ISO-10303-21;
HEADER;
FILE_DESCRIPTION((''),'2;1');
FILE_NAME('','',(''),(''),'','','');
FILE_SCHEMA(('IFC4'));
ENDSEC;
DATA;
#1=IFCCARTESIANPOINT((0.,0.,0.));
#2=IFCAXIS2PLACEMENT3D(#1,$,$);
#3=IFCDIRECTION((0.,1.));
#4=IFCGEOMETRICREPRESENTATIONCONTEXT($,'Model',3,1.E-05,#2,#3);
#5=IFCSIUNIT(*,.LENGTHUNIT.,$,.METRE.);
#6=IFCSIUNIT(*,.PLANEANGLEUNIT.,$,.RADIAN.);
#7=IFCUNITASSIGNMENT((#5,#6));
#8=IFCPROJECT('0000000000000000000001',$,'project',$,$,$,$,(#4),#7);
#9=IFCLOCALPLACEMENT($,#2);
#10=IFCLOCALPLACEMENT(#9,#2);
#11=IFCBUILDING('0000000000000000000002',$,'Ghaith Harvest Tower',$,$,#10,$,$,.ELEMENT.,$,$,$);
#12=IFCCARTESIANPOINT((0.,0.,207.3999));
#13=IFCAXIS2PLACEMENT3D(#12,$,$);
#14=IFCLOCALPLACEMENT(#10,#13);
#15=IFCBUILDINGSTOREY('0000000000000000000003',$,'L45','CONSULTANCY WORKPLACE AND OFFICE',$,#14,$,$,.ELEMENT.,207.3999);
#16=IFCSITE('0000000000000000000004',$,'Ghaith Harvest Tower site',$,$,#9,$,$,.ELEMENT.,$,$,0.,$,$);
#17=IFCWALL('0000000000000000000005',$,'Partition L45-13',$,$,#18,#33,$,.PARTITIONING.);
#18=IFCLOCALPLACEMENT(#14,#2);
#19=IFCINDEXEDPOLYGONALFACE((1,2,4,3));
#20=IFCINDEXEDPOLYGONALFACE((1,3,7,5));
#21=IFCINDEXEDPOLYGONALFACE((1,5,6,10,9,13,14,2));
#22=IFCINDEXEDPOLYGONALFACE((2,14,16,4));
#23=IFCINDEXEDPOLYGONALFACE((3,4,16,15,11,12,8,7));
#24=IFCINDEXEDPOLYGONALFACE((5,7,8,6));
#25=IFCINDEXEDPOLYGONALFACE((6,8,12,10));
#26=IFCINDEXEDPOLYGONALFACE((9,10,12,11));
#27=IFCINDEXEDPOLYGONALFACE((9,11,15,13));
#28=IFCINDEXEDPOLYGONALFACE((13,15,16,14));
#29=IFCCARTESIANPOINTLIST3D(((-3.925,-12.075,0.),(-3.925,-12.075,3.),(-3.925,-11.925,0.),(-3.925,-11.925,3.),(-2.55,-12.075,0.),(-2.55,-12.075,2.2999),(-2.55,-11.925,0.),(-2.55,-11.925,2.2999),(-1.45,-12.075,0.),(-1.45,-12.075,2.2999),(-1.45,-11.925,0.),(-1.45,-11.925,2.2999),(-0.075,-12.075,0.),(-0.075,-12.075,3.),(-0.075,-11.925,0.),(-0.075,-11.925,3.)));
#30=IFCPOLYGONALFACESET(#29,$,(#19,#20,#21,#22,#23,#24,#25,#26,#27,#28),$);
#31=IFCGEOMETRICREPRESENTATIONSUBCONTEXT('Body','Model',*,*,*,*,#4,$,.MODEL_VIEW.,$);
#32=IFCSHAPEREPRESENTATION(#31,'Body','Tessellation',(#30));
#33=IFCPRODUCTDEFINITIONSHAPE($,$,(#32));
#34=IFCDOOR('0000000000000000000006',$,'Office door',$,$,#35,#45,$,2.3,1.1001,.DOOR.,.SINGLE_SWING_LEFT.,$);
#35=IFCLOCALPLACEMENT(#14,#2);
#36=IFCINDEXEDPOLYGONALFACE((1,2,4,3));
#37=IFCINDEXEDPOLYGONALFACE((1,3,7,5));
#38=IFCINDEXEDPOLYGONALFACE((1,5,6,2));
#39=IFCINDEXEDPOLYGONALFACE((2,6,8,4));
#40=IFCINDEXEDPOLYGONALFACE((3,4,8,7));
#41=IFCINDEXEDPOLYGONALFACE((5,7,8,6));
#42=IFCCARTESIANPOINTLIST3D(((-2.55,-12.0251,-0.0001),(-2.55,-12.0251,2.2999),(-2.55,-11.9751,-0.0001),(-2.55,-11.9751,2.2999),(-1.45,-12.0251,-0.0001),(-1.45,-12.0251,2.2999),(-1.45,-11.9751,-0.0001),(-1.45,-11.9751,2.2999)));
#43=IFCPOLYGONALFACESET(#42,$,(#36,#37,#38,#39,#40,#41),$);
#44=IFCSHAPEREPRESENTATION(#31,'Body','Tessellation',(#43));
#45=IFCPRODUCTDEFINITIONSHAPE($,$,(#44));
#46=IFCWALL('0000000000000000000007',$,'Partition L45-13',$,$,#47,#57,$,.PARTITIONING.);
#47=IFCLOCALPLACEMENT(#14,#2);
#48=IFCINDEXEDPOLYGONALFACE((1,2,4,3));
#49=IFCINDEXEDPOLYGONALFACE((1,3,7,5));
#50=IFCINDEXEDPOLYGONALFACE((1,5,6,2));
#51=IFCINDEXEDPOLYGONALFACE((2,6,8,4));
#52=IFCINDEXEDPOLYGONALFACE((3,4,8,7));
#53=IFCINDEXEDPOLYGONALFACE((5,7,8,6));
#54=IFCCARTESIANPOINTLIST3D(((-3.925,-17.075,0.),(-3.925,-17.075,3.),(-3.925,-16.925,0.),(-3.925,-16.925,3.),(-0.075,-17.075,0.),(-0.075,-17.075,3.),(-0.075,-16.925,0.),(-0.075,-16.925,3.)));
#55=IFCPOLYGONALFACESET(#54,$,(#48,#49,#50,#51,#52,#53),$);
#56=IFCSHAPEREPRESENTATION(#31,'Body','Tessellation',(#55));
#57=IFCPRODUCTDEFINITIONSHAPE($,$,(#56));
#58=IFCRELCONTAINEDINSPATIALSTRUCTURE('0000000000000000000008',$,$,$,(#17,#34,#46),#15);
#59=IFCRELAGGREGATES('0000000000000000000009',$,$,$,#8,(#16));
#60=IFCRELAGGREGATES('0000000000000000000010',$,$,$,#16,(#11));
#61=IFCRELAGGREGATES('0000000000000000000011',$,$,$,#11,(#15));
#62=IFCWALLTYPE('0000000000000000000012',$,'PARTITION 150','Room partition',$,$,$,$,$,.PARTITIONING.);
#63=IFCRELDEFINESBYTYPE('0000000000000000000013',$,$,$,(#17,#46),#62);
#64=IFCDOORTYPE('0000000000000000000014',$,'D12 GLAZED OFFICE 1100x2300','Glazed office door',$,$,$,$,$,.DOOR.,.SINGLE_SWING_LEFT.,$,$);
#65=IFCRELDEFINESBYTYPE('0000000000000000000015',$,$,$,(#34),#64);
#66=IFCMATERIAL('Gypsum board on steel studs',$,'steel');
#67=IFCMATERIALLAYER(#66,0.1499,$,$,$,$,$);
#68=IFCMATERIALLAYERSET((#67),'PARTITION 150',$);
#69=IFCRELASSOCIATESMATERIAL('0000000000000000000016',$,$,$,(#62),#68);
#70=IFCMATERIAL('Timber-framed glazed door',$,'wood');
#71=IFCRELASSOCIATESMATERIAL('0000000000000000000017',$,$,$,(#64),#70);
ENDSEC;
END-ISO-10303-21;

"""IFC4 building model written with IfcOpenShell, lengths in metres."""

from ifc_helpers import new_model, si_unit, direction, frame, frame_2d, origin, place, context, subcontext, project, spatial, rectangle, extrude, material, layer, layer_set, type_object, element, fill, save


model = new_model("IFC4")

# Units and contexts
model_context = context("Model", 3, precision=1e-05, world=origin(), true_north=direction((0.0, 1.0)))
body_context = subcontext(model_context, "Body", "Model", "MODEL_VIEW")
ifc_project = project(units=[si_unit("LENGTHUNIT", "METRE"), si_unit("PLANEANGLEUNIT", "RADIAN")], contexts=[model_context])

# Site, building, storey
site_placement = place(None, origin())
site = spatial("IfcSite", under=ifc_project, at=site_placement, Name="Ghaith Harvest Tower site", CompositionType="ELEMENT", RefElevation=0.0)
building_placement = place(site_placement, origin())
building = spatial("IfcBuilding", under=site, at=building_placement, Name="Ghaith Harvest Tower", CompositionType="ELEMENT")
storey_placement = place(building_placement, frame((0.0, 0.0, 207.3999)))
storey = spatial("IfcBuildingStorey", under=building, at=storey_placement, Name="L45", Description="CONSULTANCY WORKPLACE AND OFFICE", CompositionType="ELEMENT", Elevation=207.3999)

# Shared definitions
ifc_material_1 = material(Name="Gypsum board on steel studs", Category="steel")
ifc_layer_1 = layer(ifc_material_1, 0.1499)
ifc_layer_set_1 = layer_set([ifc_layer_1], Name="PARTITION 150")
wall_type = type_object("IfcWallType", Name="PARTITION 150", Description="Room partition", PredefinedType="PARTITIONING", material=ifc_layer_set_1)

# Shared definitions
ifc_material_2 = material(Name="Timber-framed glazed door", Category="wood")
door_type = type_object("IfcDoorType", Name="D12 GLAZED OFFICE 1100x2300", Description="Glazed office door", OperationType="SINGLE_SWING_LEFT", PredefinedType="DOOR", material=ifc_material_2)

# Wall, opening, door
wall_1_placement = place(storey_placement, frame((-3.925, -12.0, 0.0), z_axis=(0.0, 0.0, 1.0), x_axis=(1.0, 0.0, 0.0)))
wall_1 = element("IfcWall", 1, at=wall_1_placement, inside=storey, type_object=wall_type, Name="Partition L45-13", PredefinedType="PARTITIONING", context=body_context, shape_type="SweptSolid", body=[
    extrude(rectangle(XDim=3.8501, YDim=0.1499, at=frame_2d((1.925, 0.0))), origin(), (0.0, 0.0, 1.0), 3.0),
])
opening_1_placement = place(wall_1_placement, frame((1.375, 0.0, 0.0)))
opening_1 = element("IfcOpeningElement", 2, at=opening_1_placement, cuts=wall_1, PredefinedType="OPENING", context=body_context, shape_type="SweptSolid", body=[
    extrude(rectangle(XDim=1.1001, YDim=2.3, at=frame_2d((0.55, 1.1499))), frame((0.0, 0.085, 0.0), z_axis=(0.0, -1.0, 0.0), x_axis=(1.0, 0.0, 0.0)), (0.0, 0.0, 1.0), 0.1699),
])
door_1_placement = place(opening_1_placement, origin())
door_1 = element("IfcDoor", 3, at=door_1_placement, inside=storey, type_object=door_type, Name="Office door", OperationType="SINGLE_SWING_LEFT", OverallHeight=2.3, OverallWidth=1.1001, PredefinedType="DOOR", context=body_context, shape_type="SweptSolid", body=[
    extrude(rectangle(XDim=1.1001, YDim=2.3, at=frame_2d((0.55, 1.1499))), frame((0.0, 0.0249, 0.0), z_axis=(0.0, -1.0, 0.0), x_axis=(1.0, 0.0, 0.0)), (0.0, 0.0, 1.0), 0.05),
])
fill(opening_1, door_1)

# Wall
wall_2_placement = place(storey_placement, frame((-3.925, -17.0, 0.0), z_axis=(0.0, 0.0, 1.0), x_axis=(1.0, 0.0, 0.0)))
element("IfcWall", 4, at=wall_2_placement, inside=storey, type_object=wall_type, Name="Partition L45-13", PredefinedType="PARTITIONING", context=body_context, shape_type="SweptSolid", body=[
    extrude(rectangle(XDim=3.8501, YDim=0.1499, at=frame_2d((1.925, 0.0))), origin(), (0.0, 0.0, 1.0), 3.0),
])

save(model, "model.ifc")
